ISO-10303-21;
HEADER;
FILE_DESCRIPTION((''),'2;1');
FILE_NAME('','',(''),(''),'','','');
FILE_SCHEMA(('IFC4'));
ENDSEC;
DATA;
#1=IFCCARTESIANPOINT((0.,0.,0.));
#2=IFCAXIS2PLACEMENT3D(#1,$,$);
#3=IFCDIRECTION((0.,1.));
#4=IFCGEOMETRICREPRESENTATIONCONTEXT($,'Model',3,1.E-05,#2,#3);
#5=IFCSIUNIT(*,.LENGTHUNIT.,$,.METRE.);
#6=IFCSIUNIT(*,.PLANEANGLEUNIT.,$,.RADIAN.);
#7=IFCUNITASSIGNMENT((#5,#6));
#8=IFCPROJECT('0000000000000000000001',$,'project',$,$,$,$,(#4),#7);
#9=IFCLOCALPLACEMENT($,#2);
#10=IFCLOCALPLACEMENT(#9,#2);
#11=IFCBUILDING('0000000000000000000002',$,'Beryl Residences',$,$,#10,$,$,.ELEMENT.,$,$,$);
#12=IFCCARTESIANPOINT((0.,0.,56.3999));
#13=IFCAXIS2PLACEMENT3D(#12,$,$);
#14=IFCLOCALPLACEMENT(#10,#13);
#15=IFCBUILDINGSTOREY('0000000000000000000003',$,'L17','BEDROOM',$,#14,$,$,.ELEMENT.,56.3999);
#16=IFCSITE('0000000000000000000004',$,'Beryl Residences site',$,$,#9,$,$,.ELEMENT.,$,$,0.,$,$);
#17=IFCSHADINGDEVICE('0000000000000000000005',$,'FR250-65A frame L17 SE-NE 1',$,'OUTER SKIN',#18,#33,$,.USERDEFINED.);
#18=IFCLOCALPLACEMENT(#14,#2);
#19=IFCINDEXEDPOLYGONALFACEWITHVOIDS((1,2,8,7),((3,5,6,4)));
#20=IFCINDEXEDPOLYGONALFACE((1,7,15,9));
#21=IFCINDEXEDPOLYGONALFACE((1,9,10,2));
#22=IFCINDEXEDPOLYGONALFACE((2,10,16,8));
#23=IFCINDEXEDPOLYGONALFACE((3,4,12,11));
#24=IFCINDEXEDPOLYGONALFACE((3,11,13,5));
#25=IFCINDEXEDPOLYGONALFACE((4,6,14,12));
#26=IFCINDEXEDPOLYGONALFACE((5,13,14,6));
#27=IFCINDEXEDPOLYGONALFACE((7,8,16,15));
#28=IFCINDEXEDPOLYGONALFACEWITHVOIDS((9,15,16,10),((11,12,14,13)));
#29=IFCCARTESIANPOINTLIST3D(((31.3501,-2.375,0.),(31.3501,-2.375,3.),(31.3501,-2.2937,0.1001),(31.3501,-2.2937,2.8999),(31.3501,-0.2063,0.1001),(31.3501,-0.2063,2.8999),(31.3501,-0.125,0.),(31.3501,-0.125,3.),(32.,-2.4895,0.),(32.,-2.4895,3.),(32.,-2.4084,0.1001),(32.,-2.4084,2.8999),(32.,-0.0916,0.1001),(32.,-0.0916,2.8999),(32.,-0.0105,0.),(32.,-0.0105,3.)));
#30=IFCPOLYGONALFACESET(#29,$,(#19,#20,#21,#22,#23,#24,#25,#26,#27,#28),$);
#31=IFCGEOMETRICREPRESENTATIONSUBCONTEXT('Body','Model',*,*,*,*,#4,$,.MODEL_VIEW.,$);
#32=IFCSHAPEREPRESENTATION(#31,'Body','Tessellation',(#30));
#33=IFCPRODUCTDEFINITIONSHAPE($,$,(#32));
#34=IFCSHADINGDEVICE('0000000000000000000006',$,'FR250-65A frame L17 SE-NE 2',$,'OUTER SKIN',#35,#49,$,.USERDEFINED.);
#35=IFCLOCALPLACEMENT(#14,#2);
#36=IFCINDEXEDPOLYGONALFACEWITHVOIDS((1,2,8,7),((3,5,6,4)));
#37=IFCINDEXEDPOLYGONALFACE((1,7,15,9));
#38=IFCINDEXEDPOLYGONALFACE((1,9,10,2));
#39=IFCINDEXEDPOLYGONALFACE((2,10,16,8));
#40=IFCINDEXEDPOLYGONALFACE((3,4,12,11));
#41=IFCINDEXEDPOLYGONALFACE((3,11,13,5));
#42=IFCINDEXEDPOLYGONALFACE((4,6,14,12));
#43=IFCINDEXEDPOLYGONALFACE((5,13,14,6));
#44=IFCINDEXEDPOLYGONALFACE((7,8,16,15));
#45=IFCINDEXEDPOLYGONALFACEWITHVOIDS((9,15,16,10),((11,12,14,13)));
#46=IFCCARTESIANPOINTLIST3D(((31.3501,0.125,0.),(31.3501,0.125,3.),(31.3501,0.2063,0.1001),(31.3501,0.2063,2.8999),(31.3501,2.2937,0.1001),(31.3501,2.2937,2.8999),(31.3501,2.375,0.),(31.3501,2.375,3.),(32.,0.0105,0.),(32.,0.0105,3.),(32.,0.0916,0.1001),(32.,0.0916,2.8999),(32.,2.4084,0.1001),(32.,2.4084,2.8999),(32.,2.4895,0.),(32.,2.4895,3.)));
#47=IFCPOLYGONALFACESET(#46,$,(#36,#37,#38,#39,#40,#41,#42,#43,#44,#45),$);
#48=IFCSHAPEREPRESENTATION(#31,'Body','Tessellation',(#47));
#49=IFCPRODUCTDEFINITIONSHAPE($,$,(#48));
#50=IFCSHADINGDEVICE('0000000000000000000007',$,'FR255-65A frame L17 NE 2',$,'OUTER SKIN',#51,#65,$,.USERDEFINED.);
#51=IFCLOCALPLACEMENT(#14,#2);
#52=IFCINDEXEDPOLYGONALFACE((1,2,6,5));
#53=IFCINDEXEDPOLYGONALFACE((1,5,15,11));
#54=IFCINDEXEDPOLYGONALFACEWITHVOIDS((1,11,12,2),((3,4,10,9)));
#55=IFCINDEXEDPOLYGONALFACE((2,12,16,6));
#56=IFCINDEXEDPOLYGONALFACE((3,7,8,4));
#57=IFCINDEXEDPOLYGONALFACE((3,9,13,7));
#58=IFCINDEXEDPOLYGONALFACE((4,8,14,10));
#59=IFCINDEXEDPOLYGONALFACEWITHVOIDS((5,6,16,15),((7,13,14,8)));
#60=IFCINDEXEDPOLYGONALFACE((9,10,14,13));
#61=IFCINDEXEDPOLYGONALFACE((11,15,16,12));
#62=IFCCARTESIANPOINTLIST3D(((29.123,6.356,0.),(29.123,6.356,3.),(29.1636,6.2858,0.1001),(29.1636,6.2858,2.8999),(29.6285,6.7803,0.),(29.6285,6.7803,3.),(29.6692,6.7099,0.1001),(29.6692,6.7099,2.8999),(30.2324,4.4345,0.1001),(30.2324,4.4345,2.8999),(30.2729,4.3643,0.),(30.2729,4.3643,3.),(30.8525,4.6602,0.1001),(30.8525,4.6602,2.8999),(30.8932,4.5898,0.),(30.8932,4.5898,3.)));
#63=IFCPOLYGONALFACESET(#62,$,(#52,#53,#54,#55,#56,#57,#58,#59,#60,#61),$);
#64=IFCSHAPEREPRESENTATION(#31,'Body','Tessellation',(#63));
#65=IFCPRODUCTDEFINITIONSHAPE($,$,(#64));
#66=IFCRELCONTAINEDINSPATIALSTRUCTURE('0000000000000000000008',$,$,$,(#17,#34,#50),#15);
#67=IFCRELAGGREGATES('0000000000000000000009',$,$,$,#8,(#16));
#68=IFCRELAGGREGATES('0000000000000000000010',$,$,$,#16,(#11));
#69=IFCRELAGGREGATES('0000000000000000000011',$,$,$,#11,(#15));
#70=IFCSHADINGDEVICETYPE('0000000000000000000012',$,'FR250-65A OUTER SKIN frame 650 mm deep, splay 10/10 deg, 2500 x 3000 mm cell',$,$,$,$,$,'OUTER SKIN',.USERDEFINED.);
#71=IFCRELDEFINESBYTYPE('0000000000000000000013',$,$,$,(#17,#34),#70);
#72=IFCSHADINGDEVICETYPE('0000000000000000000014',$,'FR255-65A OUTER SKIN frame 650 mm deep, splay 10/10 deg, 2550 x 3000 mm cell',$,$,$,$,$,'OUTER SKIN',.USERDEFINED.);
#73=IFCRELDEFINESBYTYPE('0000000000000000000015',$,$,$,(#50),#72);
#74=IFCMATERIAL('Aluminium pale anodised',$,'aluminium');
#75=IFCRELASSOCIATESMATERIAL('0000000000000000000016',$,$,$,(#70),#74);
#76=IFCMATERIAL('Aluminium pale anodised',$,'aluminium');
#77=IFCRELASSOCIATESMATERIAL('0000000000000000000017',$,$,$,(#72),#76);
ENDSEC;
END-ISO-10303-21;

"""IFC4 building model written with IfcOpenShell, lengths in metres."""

from ifc_helpers import new_model, entity, si_unit, direction, frame, origin, place, context, subcontext, project, spatial, source, transform, mapped, material, type_object, type_shapes, element, save


model = new_model("IFC4")

# Units and contexts
model_context = context("Model", 3, precision=1e-05, world=origin(), true_north=direction((0.0, 1.0)))
body_context = subcontext(model_context, "Body", "Model", "MODEL_VIEW")
ifc_project = project(units=[si_unit("LENGTHUNIT", "METRE"), si_unit("PLANEANGLEUNIT", "RADIAN")], contexts=[model_context])

# Site, building, storey
site_placement = place(None, origin())
site = spatial("IfcSite", under=ifc_project, at=site_placement, Name="Beryl Residences site", CompositionType="ELEMENT", RefElevation=0.0)
building_placement = place(site_placement, origin())
building = spatial("IfcBuilding", under=site, at=building_placement, Name="Beryl Residences", CompositionType="ELEMENT")
storey_placement = place(building_placement, frame((0.0, 0.0, 56.3999)))
storey = spatial("IfcBuildingStorey", under=building, at=storey_placement, Name="L17", Description="BEDROOM", CompositionType="ELEMENT", Elevation=56.3999)

# Shading devices
ifc_material_1 = material(Name="Aluminium pale anodised", Category="aluminium")
shading_device_type_1 = type_object("IfcShadingDeviceType", Name="FR250-65A OUTER SKIN frame 650 mm deep, splay 10/10 deg, 2500 x 3000 mm cell", ElementType="OUTER SKIN", PredefinedType="USERDEFINED", material=ifc_material_1)
cartesian_point_1 = entity("IfcCartesianPoint", [-1.125, 0.0])
cartesian_point_2 = entity("IfcCartesianPoint", [-1.0437, 0.1001])
cartesian_point_3 = entity("IfcCartesianPoint", [-1.2395, 0.0])
cartesian_point_4 = entity("IfcCartesianPoint", [-1.1584, 0.1001])
shared_shape_1 = source(origin(), body_context, "Body", "SweptSolid", [
    entity("IfcExtrudedAreaSolidTapered", entity("IfcArbitraryProfileDefWithVoids", "AREA", None, entity("IfcPolyline", [cartesian_point_1, entity("IfcCartesianPoint", [1.125, 0.0]), entity("IfcCartesianPoint", [1.125, 3.0]), entity("IfcCartesianPoint", [-1.125, 3.0]), cartesian_point_1]), [entity("IfcPolyline", [cartesian_point_2, entity("IfcCartesianPoint", [1.0437, 0.1001]), entity("IfcCartesianPoint", [1.0437, 2.8999]), entity("IfcCartesianPoint", [-1.0437, 2.8999]), cartesian_point_2])]), entity("IfcAxis2Placement3D", entity("IfcCartesianPoint", [0.0, 0.0, 0.0]), entity("IfcDirection", [0.0, 1.0, 0.0]), entity("IfcDirection", [-1.0, 0.0, 0.0])), entity("IfcDirection", [0.0, 0.0, 1.0]), 0.6499, entity("IfcArbitraryProfileDefWithVoids", "AREA", None, entity("IfcPolyline", [cartesian_point_3, entity("IfcCartesianPoint", [1.2395, 0.0]), entity("IfcCartesianPoint", [1.2395, 3.0]), entity("IfcCartesianPoint", [-1.2395, 3.0]), cartesian_point_3]), [entity("IfcPolyline", [cartesian_point_4, entity("IfcCartesianPoint", [1.1584, 0.1001]), entity("IfcCartesianPoint", [1.1584, 2.8999]), entity("IfcCartesianPoint", [-1.1584, 2.8999]), cartesian_point_4])])),
])
type_shapes(shading_device_type_1, [shared_shape_1])
for number, where, z_axis, x_axis, name in (
    (1, (31.3501, -1.25, 0.0), (0.0, 0.0, 1.0), (0.0, -1.0, 0.0), "FR250-65A frame L17 SE-NE 1"),
    (2, (31.3501, 1.25, 0.0), (0.0, 0.0, 1.0), (0.0, -1.0, 0.0), "FR250-65A frame L17 SE-NE 2"),
):
    element("IfcShadingDevice", number, at=place(storey_placement, frame(where, z_axis=z_axis, x_axis=x_axis)), inside=storey, type_object=shading_device_type_1, Name=name, ObjectType="OUTER SKIN", PredefinedType="USERDEFINED", context=body_context, shape_type="MappedRepresentation", body=[
        mapped(shared_shape_1, transform((0.0, 0.0, 0.0))),
    ])
ifc_material_2 = material(Name="Aluminium pale anodised", Category="aluminium")
shading_device_type_2 = type_object("IfcShadingDeviceType", Name="FR255-65A OUTER SKIN frame 650 mm deep, splay 10/10 deg, 2550 x 3000 mm cell", ElementType="OUTER SKIN", PredefinedType="USERDEFINED", material=ifc_material_2)
cartesian_point_5 = entity("IfcCartesianPoint", [-1.1499, 0.0])
cartesian_point_6 = entity("IfcCartesianPoint", [-1.0688, 0.1001])
cartesian_point_7 = entity("IfcCartesianPoint", [-1.2646, 0.0])
cartesian_point_8 = entity("IfcCartesianPoint", [-1.1833, 0.1001])
shared_shape_2 = source(origin(), body_context, "Body", "SweptSolid", [
    entity("IfcExtrudedAreaSolidTapered", entity("IfcArbitraryProfileDefWithVoids", "AREA", None, entity("IfcPolyline", [cartesian_point_5, entity("IfcCartesianPoint", [1.1499, 0.0]), entity("IfcCartesianPoint", [1.1499, 3.0]), entity("IfcCartesianPoint", [-1.1499, 3.0]), cartesian_point_5]), [entity("IfcPolyline", [cartesian_point_6, entity("IfcCartesianPoint", [1.0688, 0.1001]), entity("IfcCartesianPoint", [1.0688, 2.8999]), entity("IfcCartesianPoint", [-1.0688, 2.8999]), cartesian_point_6])]), entity("IfcAxis2Placement3D", entity("IfcCartesianPoint", [0.0, 0.0, 0.0]), entity("IfcDirection", [0.0, 1.0, 0.0]), entity("IfcDirection", [-1.0, 0.0, 0.0])), entity("IfcDirection", [0.0, 0.0, 1.0]), 0.6499, entity("IfcArbitraryProfileDefWithVoids", "AREA", None, entity("IfcPolyline", [cartesian_point_7, entity("IfcCartesianPoint", [1.2646, 0.0]), entity("IfcCartesianPoint", [1.2646, 3.0]), entity("IfcCartesianPoint", [-1.2646, 3.0]), cartesian_point_7]), [entity("IfcPolyline", [cartesian_point_8, entity("IfcCartesianPoint", [1.1833, 0.1001]), entity("IfcCartesianPoint", [1.1833, 2.8999]), entity("IfcCartesianPoint", [-1.1833, 2.8999]), cartesian_point_8])])),
])
type_shapes(shading_device_type_2, [shared_shape_2])
shading_device_placement = place(storey_placement, frame((29.698, 5.3601, 0.0), z_axis=(0.0, 0.0, 1.0), x_axis=(0.5, -0.866025, 0.0)))
element("IfcShadingDevice", 3, at=shading_device_placement, inside=storey, type_object=shading_device_type_2, Name="FR255-65A frame L17 NE 2", ObjectType="OUTER SKIN", PredefinedType="USERDEFINED", context=body_context, shape_type="MappedRepresentation", body=[
    mapped(shared_shape_2, transform((0.0, 0.0, 0.0))),
])

save(model, "model.ifc")
